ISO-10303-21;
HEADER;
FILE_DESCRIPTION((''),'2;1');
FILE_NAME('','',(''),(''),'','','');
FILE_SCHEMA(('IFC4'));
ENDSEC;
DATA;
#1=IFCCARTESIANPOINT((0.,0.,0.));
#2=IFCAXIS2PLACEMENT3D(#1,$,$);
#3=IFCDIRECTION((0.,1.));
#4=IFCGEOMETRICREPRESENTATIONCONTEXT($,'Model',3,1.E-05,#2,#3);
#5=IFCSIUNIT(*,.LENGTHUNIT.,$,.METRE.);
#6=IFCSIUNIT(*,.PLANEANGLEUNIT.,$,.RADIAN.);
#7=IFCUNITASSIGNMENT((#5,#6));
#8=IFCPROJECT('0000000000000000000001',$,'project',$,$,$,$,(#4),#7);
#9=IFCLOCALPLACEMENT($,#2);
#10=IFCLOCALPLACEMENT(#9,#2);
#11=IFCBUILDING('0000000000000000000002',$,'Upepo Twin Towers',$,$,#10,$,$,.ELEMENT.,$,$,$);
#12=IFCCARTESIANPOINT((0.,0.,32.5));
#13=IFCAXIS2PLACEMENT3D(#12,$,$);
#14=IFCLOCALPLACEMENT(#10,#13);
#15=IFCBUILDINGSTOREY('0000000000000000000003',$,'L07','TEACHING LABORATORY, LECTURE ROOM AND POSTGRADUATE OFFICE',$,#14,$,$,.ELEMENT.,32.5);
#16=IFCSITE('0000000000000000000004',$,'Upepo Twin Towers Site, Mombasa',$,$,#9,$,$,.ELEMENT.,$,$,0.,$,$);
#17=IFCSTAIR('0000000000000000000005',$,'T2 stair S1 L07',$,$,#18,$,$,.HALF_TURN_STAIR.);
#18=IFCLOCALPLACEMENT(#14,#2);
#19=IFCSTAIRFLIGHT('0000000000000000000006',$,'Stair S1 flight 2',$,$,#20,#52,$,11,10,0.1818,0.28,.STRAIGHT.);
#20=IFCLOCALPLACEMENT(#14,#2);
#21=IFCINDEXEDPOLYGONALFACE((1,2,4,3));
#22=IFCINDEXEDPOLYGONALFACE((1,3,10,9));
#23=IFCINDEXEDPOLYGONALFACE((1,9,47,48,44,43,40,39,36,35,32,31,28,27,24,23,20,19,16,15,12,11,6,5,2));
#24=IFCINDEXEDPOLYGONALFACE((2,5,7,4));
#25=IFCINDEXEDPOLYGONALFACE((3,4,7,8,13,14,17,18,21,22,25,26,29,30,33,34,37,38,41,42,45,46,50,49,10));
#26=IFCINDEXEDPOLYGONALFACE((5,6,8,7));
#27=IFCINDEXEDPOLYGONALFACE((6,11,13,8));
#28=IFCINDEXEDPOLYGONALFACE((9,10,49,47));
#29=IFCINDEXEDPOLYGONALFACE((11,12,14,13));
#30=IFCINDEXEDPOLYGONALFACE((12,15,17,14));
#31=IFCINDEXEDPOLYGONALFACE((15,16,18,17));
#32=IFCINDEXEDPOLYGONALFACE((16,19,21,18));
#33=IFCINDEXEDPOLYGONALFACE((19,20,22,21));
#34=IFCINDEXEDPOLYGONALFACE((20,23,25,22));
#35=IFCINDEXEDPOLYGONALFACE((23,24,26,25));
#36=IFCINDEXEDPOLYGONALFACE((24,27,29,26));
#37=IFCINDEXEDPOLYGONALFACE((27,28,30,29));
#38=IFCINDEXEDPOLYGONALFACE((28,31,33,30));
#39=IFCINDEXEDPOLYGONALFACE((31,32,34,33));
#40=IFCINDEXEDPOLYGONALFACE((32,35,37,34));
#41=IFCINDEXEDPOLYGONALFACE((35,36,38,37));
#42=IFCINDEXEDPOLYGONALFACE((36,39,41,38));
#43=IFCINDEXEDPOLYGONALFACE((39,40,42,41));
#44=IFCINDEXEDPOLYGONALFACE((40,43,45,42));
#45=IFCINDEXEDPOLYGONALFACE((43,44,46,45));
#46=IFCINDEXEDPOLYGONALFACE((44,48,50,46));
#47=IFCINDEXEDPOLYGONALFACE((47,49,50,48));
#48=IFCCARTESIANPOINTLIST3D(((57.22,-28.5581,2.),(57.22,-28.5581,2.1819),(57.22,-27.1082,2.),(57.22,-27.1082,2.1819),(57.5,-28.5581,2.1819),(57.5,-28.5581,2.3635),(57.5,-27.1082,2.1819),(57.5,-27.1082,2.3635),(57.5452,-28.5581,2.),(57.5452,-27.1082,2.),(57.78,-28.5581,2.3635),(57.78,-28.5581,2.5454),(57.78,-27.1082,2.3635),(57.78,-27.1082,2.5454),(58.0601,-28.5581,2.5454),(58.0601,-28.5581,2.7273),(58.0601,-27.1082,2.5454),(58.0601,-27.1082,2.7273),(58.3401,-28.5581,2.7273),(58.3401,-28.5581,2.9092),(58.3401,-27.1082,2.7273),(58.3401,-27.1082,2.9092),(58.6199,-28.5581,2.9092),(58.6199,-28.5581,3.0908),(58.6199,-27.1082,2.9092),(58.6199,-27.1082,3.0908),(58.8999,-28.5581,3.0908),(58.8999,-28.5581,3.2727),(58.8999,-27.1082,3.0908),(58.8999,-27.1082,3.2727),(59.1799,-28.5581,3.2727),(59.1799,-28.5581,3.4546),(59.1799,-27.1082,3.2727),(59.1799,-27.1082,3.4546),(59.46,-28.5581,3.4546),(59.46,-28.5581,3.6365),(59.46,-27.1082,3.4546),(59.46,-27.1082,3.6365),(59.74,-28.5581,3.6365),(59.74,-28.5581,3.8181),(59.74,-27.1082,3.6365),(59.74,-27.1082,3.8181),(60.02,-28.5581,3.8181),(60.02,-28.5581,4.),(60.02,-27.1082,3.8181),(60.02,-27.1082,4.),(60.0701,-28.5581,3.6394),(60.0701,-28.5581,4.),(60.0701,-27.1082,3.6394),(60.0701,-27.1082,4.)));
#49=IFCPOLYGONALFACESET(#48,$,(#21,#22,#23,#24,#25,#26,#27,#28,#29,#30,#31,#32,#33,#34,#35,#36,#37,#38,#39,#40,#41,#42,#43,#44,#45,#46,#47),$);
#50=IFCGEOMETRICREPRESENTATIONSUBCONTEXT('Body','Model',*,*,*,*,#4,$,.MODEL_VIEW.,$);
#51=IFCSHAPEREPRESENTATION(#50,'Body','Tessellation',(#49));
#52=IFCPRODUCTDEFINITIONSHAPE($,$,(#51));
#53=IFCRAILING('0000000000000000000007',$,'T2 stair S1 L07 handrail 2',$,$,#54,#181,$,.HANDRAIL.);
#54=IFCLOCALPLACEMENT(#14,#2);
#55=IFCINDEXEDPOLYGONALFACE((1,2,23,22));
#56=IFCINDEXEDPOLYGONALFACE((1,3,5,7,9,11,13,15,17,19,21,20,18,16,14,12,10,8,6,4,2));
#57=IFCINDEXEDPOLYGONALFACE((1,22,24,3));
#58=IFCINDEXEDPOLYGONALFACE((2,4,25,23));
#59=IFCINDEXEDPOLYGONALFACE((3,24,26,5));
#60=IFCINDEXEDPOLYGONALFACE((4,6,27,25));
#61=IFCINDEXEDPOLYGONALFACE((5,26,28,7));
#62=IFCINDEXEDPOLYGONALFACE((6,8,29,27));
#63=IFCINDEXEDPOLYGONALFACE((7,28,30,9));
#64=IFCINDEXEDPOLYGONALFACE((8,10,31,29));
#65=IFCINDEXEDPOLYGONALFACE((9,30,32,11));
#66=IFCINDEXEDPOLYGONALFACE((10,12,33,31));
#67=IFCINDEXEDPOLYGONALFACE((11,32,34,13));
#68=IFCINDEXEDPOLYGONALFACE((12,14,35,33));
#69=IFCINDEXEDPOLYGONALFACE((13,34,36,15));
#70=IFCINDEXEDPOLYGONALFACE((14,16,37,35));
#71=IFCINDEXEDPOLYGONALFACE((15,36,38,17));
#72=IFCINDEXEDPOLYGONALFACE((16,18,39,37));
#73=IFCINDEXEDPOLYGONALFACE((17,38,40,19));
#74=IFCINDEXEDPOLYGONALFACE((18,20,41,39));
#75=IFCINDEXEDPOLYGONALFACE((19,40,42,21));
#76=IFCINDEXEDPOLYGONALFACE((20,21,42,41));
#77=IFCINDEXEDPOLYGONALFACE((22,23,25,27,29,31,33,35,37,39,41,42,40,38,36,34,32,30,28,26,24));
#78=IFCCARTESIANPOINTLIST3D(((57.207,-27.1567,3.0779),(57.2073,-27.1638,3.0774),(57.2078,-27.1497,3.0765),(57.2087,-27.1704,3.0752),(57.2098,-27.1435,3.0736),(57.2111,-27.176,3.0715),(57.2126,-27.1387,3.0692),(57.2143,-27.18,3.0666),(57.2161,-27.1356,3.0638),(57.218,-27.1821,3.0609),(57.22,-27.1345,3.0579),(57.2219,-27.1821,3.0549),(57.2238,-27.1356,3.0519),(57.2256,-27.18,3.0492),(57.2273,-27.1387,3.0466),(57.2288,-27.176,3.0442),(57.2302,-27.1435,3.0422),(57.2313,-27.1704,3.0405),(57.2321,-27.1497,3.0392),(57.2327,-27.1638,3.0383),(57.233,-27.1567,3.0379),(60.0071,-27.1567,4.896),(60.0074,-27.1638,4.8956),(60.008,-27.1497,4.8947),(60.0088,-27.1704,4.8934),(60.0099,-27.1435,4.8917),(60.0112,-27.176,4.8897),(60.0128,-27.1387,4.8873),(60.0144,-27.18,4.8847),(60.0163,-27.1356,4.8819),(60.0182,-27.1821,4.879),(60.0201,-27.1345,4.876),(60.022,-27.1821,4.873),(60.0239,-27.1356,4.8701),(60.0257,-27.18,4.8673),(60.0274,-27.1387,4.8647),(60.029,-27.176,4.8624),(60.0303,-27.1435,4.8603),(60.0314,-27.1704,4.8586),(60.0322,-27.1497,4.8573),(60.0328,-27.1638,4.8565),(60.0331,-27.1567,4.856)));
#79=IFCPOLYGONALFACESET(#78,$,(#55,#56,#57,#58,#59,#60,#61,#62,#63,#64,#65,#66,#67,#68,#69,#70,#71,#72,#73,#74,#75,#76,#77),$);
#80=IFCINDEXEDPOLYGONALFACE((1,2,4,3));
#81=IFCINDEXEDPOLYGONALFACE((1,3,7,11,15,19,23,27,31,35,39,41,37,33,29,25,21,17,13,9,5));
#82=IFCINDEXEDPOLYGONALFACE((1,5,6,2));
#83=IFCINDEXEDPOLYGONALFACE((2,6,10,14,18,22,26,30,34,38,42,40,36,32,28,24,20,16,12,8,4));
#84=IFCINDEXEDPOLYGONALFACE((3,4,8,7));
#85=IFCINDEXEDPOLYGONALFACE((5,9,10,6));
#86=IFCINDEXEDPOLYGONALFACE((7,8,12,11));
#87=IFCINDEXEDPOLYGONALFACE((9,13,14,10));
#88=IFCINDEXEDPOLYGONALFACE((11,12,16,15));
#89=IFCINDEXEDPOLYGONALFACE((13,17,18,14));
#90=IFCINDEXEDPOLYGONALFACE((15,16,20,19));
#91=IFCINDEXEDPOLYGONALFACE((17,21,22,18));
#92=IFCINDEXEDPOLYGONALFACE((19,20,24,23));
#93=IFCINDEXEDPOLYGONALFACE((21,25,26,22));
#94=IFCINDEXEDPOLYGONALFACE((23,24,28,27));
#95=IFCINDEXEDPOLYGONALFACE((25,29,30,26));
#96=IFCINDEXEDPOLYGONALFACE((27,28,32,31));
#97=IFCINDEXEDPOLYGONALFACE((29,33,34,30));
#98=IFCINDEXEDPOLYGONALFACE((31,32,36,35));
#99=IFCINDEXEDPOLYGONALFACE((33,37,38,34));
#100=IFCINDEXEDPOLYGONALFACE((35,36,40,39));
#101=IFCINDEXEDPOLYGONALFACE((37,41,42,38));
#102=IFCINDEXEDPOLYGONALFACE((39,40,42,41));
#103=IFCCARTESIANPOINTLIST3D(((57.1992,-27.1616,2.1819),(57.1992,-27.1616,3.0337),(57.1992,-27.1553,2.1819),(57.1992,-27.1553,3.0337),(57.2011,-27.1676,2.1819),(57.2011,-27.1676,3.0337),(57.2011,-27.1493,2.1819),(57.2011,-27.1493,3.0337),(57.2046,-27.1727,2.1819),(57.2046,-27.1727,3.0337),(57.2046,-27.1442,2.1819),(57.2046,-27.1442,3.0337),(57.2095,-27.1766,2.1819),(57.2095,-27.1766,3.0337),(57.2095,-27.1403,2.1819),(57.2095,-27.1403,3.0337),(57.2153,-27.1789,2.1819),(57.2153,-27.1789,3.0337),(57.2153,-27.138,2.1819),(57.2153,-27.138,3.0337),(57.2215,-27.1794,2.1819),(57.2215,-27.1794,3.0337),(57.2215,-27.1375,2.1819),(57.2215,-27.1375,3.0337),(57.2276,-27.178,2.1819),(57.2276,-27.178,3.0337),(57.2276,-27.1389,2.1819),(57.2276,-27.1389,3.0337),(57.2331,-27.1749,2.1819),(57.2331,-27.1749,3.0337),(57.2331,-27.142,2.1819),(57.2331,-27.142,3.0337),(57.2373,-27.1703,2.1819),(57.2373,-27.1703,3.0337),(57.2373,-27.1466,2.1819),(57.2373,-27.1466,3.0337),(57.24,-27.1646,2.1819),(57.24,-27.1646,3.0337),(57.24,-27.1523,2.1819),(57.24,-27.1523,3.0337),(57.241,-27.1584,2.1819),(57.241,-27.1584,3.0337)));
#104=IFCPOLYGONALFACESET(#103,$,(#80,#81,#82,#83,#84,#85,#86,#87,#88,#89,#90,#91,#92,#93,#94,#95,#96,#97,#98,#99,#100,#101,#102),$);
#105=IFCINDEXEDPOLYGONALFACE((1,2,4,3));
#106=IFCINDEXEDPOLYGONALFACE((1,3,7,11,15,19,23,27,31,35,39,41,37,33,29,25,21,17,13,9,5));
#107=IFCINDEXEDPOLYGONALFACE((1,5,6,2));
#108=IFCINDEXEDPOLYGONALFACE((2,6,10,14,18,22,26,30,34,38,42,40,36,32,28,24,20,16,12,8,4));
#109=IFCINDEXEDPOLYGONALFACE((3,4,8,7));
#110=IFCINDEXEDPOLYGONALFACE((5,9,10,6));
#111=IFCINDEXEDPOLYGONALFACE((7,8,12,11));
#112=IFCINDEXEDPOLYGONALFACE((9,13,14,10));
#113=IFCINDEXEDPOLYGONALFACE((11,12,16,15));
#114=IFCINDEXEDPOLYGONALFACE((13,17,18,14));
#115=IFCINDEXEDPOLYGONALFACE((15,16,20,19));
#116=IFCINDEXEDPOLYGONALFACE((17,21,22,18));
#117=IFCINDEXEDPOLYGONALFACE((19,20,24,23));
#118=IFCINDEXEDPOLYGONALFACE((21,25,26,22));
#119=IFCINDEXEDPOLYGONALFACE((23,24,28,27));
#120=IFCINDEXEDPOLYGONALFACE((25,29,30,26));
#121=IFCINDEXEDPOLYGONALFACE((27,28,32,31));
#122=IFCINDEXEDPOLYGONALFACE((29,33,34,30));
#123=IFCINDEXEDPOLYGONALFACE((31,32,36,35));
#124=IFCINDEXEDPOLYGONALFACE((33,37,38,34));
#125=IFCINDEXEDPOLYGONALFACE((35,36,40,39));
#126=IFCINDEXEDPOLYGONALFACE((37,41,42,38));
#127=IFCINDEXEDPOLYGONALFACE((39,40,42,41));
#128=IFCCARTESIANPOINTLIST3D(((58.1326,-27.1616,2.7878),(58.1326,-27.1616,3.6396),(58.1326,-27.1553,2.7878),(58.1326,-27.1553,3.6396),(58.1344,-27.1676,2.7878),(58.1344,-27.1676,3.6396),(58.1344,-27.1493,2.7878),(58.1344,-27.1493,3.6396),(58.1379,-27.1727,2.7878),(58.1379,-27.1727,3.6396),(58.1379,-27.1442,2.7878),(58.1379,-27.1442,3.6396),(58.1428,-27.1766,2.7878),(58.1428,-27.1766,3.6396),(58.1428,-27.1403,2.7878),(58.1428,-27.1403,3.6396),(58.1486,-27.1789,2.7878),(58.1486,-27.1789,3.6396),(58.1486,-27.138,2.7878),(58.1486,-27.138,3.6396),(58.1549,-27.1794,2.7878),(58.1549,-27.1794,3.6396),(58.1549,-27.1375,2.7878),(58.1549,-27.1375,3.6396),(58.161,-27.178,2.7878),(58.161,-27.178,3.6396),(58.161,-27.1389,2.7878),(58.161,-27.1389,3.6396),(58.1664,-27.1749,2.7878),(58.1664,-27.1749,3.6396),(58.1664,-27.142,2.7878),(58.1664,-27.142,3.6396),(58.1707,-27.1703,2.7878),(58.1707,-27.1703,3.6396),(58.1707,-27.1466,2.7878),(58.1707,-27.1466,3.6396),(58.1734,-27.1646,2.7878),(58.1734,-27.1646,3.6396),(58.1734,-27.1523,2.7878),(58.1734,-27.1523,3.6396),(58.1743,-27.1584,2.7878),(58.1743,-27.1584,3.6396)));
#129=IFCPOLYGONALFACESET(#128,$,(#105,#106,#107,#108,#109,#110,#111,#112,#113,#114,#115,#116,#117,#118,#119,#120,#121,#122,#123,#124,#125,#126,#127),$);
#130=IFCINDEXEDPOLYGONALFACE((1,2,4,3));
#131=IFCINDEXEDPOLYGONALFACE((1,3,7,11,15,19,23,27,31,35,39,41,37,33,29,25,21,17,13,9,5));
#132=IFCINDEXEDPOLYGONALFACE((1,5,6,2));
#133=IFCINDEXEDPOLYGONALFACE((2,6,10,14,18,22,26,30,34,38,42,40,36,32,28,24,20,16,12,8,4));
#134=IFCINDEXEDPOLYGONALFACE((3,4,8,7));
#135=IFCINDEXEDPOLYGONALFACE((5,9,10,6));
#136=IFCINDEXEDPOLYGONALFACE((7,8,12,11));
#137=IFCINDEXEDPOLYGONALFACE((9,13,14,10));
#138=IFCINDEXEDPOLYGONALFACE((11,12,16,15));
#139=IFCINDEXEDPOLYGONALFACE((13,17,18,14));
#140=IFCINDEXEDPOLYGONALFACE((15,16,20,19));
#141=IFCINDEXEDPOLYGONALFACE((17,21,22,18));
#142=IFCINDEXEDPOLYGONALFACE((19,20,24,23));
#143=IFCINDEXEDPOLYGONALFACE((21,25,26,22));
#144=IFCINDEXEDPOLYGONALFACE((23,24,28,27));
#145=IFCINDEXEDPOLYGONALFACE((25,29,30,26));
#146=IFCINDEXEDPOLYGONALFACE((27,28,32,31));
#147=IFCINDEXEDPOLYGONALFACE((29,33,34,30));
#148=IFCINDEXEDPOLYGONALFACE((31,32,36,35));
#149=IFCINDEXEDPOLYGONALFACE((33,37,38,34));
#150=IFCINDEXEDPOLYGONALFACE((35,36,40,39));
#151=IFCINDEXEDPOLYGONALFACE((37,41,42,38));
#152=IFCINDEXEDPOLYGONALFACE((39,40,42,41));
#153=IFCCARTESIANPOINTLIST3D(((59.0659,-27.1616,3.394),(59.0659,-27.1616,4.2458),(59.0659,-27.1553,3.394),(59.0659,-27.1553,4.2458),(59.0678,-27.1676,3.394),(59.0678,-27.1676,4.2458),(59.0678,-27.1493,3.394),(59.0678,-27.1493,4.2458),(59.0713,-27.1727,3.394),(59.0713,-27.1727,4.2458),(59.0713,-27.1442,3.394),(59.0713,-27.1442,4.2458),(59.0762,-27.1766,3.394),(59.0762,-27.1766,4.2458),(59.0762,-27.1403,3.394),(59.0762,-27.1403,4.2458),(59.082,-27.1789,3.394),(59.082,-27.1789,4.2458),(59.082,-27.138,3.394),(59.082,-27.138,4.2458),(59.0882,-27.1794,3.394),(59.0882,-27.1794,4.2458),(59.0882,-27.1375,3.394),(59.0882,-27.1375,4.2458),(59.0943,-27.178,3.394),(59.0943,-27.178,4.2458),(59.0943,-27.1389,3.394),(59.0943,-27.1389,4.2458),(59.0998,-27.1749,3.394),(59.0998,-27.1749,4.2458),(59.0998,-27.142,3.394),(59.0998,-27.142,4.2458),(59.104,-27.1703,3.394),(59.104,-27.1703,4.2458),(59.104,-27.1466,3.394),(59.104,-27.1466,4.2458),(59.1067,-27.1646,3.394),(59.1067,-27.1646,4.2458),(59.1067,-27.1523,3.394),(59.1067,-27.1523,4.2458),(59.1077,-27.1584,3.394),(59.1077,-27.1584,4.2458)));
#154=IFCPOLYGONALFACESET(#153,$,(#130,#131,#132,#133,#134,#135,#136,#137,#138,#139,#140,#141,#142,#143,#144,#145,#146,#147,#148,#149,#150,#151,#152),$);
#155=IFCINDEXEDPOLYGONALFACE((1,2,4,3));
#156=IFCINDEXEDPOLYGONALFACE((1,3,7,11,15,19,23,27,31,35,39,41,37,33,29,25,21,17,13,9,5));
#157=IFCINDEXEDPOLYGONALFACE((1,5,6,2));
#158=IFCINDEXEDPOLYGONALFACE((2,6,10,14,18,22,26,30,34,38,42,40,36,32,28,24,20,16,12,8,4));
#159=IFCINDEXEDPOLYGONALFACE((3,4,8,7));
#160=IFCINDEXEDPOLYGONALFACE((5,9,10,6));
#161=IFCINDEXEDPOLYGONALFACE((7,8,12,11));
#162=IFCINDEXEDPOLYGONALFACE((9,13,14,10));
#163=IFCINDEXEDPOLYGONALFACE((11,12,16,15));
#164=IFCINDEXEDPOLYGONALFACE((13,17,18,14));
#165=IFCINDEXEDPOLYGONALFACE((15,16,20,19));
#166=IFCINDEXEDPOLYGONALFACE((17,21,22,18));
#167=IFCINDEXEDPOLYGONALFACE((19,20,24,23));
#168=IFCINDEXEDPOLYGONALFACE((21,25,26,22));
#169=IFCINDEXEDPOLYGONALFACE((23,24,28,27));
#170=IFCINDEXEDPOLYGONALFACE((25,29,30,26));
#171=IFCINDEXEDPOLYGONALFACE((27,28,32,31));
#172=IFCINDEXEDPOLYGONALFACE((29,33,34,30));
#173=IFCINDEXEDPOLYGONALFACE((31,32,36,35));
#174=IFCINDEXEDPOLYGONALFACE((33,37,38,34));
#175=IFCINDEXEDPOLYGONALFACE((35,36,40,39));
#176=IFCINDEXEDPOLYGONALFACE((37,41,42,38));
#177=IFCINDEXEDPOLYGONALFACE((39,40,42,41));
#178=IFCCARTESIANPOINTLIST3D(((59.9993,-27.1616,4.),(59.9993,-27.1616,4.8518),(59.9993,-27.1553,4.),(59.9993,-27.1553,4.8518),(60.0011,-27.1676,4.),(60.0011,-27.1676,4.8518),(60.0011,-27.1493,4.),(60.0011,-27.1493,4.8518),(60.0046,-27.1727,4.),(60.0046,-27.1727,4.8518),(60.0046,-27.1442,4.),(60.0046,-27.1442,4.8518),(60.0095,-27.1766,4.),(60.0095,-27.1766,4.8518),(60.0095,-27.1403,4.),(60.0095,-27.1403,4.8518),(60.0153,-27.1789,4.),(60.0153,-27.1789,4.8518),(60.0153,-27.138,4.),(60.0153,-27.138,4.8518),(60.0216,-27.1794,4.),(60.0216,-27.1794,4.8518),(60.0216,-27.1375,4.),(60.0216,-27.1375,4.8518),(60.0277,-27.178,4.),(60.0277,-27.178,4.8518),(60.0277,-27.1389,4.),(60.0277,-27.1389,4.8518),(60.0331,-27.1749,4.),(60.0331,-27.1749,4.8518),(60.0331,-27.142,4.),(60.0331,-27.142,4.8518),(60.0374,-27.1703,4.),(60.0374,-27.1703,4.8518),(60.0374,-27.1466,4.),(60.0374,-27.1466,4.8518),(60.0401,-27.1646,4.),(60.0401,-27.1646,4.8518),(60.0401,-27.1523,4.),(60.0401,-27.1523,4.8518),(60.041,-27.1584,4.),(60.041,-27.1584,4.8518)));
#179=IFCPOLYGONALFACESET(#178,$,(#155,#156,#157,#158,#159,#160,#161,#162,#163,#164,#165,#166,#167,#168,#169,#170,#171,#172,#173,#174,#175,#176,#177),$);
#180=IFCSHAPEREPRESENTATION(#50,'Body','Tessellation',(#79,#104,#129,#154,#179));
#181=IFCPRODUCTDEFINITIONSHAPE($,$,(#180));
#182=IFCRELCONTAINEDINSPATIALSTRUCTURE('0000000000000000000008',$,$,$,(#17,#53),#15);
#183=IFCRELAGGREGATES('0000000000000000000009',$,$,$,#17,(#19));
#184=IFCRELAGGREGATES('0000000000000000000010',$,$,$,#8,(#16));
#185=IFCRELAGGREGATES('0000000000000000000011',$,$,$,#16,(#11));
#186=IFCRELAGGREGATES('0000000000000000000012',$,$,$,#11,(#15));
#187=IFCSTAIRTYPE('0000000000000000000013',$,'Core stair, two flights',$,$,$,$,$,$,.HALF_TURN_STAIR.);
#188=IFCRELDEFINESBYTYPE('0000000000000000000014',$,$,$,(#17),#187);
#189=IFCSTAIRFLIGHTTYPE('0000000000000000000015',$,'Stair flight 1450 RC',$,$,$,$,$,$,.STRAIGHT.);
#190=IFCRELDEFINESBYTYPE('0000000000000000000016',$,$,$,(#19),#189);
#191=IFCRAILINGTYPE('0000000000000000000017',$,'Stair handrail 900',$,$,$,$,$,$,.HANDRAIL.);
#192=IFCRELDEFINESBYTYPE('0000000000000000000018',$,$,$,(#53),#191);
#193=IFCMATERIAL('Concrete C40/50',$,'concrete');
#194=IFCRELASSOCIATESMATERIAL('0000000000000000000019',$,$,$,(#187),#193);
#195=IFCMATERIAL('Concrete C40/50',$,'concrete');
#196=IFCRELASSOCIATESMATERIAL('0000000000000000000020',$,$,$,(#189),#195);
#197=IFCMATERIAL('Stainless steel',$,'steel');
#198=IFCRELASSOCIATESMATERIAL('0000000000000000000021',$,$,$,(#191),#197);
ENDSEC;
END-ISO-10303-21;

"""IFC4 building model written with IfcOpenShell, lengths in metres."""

from ifc_helpers import new_model, si_unit, direction, frame, origin, origin_2d, place, context, subcontext, project, spatial, polyline, circle, outline, extrude, material, type_object, element, aggregate, save


model = new_model("IFC4")

# Units and contexts
model_context = context("Model", 3, precision=1e-05, world=origin(), true_north=direction((0.0, 1.0)))
body_context = subcontext(model_context, "Body", "Model", "MODEL_VIEW")
ifc_project = project(units=[si_unit("LENGTHUNIT", "METRE"), si_unit("PLANEANGLEUNIT", "RADIAN")], contexts=[model_context])

# Site, building, storey
site_placement = place(None, origin())
site = spatial("IfcSite", under=ifc_project, at=site_placement, Name="Upepo Twin Towers Site, Mombasa", CompositionType="ELEMENT", RefElevation=0.0)
building_placement = place(site_placement, origin())
building = spatial("IfcBuilding", under=site, at=building_placement, Name="Upepo Twin Towers", CompositionType="ELEMENT")
storey_placement = place(building_placement, frame((0.0, 0.0, 32.5)))
storey = spatial("IfcBuildingStorey", under=building, at=storey_placement, Name="L07", Description="TEACHING LABORATORY, LECTURE ROOM AND POSTGRADUATE OFFICE", CompositionType="ELEMENT", Elevation=32.5)

# Stair, stair flight
ifc_material_1 = material(Name="Concrete C40/50", Category="concrete")
stair_type = type_object("IfcStairType", Name="Core stair, two flights", PredefinedType="HALF_TURN_STAIR", material=ifc_material_1)
stair_placement = place(storey_placement, origin())
stair = element("IfcStair", 1, at=stair_placement, inside=storey, type_object=stair_type, Name="T2 stair S1 L07", PredefinedType="HALF_TURN_STAIR")
ifc_material_2 = material(Name="Concrete C40/50", Category="concrete")
stair_flight_type = type_object("IfcStairFlightType", Name="Stair flight 1450 RC", PredefinedType="STRAIGHT", material=ifc_material_2)
stair_flight_placement = place(storey_placement, frame((57.22, -27.8333, 2.0), z_axis=(0.0, 0.0, 1.0), x_axis=(1.0, 0.0, 0.0)))
stair_flight = element("IfcStairFlight", 2, at=stair_flight_placement, type_object=stair_flight_type, Name="Stair S1 flight 2", NumberOfRisers=11, NumberOfTreads=10, PredefinedType="STRAIGHT", RiserHeight=0.1818, TreadLength=0.28, context=body_context, shape_type="SweptSolid", body=[
    extrude(outline(polyline([(0.0, 0.0), (0.0, 0.1819), (0.28, 0.1819), (0.28, 0.3635), (0.5601, 0.3635), (0.5601, 0.5454), (0.8401, 0.5454), (0.8401, 0.7273), (1.1201, 0.7273), (1.1201, 0.9092), (1.3999, 0.9092), (1.3999, 1.0908), (1.6799, 1.0908), (1.6799, 1.2727), (1.96, 1.2727), (1.96, 1.4546), (2.24, 1.4546), (2.24, 1.6365), (2.52, 1.6365), (2.52, 1.8181), (2.8, 1.8181), (2.8, 2.0), (2.8501, 2.0), (2.8501, 1.6394), (0.3252, 0.0), (0.0, 0.0)])), frame((0.0, 0.7251, 0.0), z_axis=(0.0, -1.0, 0.0), x_axis=(1.0, 0.0, 0.0)), (0.0, 0.0, 1.0), 1.45),
])
aggregate(stair, [stair_flight])

# Railing
ifc_material_3 = material(Name="Stainless steel", Category="steel")
railing_type = type_object("IfcRailingType", Name="Stair handrail 900", PredefinedType="HANDRAIL", material=ifc_material_3)
railing_placement = place(storey_placement, frame((57.22, -27.1584, 2.1819)))
element("IfcRailing", 3, at=railing_placement, inside=storey, type_object=railing_type, Name="T2 stair S1 L07 handrail 2", PredefinedType="HANDRAIL", context=body_context, shape_type="SweptSolid", body=[
    extrude(circle(Radius=0.0239, at=origin_2d()), frame((0.0, 0.0, 0.876), z_axis=(0.838706, 0.0, 0.544585), x_axis=(0.0, 1.0, 0.0)), (0.0, 0.0, 1.0), 3.3386),
    extrude(circle(Radius=0.021, at=origin_2d()), origin(), (0.0, 0.0, 1.0), 0.8518),
    extrude(circle(Radius=0.021, at=origin_2d()), frame((0.9333, 0.0, 0.606)), (0.0, 0.0, 1.0), 0.8518),
    extrude(circle(Radius=0.021, at=origin_2d()), frame((1.8667, 0.0, 1.2122)), (0.0, 0.0, 1.0), 0.8518),
    extrude(circle(Radius=0.021, at=origin_2d()), frame((2.8, 0.0, 1.8181)), (0.0, 0.0, 1.0), 0.8518),
])

save(model, "model.ifc")
